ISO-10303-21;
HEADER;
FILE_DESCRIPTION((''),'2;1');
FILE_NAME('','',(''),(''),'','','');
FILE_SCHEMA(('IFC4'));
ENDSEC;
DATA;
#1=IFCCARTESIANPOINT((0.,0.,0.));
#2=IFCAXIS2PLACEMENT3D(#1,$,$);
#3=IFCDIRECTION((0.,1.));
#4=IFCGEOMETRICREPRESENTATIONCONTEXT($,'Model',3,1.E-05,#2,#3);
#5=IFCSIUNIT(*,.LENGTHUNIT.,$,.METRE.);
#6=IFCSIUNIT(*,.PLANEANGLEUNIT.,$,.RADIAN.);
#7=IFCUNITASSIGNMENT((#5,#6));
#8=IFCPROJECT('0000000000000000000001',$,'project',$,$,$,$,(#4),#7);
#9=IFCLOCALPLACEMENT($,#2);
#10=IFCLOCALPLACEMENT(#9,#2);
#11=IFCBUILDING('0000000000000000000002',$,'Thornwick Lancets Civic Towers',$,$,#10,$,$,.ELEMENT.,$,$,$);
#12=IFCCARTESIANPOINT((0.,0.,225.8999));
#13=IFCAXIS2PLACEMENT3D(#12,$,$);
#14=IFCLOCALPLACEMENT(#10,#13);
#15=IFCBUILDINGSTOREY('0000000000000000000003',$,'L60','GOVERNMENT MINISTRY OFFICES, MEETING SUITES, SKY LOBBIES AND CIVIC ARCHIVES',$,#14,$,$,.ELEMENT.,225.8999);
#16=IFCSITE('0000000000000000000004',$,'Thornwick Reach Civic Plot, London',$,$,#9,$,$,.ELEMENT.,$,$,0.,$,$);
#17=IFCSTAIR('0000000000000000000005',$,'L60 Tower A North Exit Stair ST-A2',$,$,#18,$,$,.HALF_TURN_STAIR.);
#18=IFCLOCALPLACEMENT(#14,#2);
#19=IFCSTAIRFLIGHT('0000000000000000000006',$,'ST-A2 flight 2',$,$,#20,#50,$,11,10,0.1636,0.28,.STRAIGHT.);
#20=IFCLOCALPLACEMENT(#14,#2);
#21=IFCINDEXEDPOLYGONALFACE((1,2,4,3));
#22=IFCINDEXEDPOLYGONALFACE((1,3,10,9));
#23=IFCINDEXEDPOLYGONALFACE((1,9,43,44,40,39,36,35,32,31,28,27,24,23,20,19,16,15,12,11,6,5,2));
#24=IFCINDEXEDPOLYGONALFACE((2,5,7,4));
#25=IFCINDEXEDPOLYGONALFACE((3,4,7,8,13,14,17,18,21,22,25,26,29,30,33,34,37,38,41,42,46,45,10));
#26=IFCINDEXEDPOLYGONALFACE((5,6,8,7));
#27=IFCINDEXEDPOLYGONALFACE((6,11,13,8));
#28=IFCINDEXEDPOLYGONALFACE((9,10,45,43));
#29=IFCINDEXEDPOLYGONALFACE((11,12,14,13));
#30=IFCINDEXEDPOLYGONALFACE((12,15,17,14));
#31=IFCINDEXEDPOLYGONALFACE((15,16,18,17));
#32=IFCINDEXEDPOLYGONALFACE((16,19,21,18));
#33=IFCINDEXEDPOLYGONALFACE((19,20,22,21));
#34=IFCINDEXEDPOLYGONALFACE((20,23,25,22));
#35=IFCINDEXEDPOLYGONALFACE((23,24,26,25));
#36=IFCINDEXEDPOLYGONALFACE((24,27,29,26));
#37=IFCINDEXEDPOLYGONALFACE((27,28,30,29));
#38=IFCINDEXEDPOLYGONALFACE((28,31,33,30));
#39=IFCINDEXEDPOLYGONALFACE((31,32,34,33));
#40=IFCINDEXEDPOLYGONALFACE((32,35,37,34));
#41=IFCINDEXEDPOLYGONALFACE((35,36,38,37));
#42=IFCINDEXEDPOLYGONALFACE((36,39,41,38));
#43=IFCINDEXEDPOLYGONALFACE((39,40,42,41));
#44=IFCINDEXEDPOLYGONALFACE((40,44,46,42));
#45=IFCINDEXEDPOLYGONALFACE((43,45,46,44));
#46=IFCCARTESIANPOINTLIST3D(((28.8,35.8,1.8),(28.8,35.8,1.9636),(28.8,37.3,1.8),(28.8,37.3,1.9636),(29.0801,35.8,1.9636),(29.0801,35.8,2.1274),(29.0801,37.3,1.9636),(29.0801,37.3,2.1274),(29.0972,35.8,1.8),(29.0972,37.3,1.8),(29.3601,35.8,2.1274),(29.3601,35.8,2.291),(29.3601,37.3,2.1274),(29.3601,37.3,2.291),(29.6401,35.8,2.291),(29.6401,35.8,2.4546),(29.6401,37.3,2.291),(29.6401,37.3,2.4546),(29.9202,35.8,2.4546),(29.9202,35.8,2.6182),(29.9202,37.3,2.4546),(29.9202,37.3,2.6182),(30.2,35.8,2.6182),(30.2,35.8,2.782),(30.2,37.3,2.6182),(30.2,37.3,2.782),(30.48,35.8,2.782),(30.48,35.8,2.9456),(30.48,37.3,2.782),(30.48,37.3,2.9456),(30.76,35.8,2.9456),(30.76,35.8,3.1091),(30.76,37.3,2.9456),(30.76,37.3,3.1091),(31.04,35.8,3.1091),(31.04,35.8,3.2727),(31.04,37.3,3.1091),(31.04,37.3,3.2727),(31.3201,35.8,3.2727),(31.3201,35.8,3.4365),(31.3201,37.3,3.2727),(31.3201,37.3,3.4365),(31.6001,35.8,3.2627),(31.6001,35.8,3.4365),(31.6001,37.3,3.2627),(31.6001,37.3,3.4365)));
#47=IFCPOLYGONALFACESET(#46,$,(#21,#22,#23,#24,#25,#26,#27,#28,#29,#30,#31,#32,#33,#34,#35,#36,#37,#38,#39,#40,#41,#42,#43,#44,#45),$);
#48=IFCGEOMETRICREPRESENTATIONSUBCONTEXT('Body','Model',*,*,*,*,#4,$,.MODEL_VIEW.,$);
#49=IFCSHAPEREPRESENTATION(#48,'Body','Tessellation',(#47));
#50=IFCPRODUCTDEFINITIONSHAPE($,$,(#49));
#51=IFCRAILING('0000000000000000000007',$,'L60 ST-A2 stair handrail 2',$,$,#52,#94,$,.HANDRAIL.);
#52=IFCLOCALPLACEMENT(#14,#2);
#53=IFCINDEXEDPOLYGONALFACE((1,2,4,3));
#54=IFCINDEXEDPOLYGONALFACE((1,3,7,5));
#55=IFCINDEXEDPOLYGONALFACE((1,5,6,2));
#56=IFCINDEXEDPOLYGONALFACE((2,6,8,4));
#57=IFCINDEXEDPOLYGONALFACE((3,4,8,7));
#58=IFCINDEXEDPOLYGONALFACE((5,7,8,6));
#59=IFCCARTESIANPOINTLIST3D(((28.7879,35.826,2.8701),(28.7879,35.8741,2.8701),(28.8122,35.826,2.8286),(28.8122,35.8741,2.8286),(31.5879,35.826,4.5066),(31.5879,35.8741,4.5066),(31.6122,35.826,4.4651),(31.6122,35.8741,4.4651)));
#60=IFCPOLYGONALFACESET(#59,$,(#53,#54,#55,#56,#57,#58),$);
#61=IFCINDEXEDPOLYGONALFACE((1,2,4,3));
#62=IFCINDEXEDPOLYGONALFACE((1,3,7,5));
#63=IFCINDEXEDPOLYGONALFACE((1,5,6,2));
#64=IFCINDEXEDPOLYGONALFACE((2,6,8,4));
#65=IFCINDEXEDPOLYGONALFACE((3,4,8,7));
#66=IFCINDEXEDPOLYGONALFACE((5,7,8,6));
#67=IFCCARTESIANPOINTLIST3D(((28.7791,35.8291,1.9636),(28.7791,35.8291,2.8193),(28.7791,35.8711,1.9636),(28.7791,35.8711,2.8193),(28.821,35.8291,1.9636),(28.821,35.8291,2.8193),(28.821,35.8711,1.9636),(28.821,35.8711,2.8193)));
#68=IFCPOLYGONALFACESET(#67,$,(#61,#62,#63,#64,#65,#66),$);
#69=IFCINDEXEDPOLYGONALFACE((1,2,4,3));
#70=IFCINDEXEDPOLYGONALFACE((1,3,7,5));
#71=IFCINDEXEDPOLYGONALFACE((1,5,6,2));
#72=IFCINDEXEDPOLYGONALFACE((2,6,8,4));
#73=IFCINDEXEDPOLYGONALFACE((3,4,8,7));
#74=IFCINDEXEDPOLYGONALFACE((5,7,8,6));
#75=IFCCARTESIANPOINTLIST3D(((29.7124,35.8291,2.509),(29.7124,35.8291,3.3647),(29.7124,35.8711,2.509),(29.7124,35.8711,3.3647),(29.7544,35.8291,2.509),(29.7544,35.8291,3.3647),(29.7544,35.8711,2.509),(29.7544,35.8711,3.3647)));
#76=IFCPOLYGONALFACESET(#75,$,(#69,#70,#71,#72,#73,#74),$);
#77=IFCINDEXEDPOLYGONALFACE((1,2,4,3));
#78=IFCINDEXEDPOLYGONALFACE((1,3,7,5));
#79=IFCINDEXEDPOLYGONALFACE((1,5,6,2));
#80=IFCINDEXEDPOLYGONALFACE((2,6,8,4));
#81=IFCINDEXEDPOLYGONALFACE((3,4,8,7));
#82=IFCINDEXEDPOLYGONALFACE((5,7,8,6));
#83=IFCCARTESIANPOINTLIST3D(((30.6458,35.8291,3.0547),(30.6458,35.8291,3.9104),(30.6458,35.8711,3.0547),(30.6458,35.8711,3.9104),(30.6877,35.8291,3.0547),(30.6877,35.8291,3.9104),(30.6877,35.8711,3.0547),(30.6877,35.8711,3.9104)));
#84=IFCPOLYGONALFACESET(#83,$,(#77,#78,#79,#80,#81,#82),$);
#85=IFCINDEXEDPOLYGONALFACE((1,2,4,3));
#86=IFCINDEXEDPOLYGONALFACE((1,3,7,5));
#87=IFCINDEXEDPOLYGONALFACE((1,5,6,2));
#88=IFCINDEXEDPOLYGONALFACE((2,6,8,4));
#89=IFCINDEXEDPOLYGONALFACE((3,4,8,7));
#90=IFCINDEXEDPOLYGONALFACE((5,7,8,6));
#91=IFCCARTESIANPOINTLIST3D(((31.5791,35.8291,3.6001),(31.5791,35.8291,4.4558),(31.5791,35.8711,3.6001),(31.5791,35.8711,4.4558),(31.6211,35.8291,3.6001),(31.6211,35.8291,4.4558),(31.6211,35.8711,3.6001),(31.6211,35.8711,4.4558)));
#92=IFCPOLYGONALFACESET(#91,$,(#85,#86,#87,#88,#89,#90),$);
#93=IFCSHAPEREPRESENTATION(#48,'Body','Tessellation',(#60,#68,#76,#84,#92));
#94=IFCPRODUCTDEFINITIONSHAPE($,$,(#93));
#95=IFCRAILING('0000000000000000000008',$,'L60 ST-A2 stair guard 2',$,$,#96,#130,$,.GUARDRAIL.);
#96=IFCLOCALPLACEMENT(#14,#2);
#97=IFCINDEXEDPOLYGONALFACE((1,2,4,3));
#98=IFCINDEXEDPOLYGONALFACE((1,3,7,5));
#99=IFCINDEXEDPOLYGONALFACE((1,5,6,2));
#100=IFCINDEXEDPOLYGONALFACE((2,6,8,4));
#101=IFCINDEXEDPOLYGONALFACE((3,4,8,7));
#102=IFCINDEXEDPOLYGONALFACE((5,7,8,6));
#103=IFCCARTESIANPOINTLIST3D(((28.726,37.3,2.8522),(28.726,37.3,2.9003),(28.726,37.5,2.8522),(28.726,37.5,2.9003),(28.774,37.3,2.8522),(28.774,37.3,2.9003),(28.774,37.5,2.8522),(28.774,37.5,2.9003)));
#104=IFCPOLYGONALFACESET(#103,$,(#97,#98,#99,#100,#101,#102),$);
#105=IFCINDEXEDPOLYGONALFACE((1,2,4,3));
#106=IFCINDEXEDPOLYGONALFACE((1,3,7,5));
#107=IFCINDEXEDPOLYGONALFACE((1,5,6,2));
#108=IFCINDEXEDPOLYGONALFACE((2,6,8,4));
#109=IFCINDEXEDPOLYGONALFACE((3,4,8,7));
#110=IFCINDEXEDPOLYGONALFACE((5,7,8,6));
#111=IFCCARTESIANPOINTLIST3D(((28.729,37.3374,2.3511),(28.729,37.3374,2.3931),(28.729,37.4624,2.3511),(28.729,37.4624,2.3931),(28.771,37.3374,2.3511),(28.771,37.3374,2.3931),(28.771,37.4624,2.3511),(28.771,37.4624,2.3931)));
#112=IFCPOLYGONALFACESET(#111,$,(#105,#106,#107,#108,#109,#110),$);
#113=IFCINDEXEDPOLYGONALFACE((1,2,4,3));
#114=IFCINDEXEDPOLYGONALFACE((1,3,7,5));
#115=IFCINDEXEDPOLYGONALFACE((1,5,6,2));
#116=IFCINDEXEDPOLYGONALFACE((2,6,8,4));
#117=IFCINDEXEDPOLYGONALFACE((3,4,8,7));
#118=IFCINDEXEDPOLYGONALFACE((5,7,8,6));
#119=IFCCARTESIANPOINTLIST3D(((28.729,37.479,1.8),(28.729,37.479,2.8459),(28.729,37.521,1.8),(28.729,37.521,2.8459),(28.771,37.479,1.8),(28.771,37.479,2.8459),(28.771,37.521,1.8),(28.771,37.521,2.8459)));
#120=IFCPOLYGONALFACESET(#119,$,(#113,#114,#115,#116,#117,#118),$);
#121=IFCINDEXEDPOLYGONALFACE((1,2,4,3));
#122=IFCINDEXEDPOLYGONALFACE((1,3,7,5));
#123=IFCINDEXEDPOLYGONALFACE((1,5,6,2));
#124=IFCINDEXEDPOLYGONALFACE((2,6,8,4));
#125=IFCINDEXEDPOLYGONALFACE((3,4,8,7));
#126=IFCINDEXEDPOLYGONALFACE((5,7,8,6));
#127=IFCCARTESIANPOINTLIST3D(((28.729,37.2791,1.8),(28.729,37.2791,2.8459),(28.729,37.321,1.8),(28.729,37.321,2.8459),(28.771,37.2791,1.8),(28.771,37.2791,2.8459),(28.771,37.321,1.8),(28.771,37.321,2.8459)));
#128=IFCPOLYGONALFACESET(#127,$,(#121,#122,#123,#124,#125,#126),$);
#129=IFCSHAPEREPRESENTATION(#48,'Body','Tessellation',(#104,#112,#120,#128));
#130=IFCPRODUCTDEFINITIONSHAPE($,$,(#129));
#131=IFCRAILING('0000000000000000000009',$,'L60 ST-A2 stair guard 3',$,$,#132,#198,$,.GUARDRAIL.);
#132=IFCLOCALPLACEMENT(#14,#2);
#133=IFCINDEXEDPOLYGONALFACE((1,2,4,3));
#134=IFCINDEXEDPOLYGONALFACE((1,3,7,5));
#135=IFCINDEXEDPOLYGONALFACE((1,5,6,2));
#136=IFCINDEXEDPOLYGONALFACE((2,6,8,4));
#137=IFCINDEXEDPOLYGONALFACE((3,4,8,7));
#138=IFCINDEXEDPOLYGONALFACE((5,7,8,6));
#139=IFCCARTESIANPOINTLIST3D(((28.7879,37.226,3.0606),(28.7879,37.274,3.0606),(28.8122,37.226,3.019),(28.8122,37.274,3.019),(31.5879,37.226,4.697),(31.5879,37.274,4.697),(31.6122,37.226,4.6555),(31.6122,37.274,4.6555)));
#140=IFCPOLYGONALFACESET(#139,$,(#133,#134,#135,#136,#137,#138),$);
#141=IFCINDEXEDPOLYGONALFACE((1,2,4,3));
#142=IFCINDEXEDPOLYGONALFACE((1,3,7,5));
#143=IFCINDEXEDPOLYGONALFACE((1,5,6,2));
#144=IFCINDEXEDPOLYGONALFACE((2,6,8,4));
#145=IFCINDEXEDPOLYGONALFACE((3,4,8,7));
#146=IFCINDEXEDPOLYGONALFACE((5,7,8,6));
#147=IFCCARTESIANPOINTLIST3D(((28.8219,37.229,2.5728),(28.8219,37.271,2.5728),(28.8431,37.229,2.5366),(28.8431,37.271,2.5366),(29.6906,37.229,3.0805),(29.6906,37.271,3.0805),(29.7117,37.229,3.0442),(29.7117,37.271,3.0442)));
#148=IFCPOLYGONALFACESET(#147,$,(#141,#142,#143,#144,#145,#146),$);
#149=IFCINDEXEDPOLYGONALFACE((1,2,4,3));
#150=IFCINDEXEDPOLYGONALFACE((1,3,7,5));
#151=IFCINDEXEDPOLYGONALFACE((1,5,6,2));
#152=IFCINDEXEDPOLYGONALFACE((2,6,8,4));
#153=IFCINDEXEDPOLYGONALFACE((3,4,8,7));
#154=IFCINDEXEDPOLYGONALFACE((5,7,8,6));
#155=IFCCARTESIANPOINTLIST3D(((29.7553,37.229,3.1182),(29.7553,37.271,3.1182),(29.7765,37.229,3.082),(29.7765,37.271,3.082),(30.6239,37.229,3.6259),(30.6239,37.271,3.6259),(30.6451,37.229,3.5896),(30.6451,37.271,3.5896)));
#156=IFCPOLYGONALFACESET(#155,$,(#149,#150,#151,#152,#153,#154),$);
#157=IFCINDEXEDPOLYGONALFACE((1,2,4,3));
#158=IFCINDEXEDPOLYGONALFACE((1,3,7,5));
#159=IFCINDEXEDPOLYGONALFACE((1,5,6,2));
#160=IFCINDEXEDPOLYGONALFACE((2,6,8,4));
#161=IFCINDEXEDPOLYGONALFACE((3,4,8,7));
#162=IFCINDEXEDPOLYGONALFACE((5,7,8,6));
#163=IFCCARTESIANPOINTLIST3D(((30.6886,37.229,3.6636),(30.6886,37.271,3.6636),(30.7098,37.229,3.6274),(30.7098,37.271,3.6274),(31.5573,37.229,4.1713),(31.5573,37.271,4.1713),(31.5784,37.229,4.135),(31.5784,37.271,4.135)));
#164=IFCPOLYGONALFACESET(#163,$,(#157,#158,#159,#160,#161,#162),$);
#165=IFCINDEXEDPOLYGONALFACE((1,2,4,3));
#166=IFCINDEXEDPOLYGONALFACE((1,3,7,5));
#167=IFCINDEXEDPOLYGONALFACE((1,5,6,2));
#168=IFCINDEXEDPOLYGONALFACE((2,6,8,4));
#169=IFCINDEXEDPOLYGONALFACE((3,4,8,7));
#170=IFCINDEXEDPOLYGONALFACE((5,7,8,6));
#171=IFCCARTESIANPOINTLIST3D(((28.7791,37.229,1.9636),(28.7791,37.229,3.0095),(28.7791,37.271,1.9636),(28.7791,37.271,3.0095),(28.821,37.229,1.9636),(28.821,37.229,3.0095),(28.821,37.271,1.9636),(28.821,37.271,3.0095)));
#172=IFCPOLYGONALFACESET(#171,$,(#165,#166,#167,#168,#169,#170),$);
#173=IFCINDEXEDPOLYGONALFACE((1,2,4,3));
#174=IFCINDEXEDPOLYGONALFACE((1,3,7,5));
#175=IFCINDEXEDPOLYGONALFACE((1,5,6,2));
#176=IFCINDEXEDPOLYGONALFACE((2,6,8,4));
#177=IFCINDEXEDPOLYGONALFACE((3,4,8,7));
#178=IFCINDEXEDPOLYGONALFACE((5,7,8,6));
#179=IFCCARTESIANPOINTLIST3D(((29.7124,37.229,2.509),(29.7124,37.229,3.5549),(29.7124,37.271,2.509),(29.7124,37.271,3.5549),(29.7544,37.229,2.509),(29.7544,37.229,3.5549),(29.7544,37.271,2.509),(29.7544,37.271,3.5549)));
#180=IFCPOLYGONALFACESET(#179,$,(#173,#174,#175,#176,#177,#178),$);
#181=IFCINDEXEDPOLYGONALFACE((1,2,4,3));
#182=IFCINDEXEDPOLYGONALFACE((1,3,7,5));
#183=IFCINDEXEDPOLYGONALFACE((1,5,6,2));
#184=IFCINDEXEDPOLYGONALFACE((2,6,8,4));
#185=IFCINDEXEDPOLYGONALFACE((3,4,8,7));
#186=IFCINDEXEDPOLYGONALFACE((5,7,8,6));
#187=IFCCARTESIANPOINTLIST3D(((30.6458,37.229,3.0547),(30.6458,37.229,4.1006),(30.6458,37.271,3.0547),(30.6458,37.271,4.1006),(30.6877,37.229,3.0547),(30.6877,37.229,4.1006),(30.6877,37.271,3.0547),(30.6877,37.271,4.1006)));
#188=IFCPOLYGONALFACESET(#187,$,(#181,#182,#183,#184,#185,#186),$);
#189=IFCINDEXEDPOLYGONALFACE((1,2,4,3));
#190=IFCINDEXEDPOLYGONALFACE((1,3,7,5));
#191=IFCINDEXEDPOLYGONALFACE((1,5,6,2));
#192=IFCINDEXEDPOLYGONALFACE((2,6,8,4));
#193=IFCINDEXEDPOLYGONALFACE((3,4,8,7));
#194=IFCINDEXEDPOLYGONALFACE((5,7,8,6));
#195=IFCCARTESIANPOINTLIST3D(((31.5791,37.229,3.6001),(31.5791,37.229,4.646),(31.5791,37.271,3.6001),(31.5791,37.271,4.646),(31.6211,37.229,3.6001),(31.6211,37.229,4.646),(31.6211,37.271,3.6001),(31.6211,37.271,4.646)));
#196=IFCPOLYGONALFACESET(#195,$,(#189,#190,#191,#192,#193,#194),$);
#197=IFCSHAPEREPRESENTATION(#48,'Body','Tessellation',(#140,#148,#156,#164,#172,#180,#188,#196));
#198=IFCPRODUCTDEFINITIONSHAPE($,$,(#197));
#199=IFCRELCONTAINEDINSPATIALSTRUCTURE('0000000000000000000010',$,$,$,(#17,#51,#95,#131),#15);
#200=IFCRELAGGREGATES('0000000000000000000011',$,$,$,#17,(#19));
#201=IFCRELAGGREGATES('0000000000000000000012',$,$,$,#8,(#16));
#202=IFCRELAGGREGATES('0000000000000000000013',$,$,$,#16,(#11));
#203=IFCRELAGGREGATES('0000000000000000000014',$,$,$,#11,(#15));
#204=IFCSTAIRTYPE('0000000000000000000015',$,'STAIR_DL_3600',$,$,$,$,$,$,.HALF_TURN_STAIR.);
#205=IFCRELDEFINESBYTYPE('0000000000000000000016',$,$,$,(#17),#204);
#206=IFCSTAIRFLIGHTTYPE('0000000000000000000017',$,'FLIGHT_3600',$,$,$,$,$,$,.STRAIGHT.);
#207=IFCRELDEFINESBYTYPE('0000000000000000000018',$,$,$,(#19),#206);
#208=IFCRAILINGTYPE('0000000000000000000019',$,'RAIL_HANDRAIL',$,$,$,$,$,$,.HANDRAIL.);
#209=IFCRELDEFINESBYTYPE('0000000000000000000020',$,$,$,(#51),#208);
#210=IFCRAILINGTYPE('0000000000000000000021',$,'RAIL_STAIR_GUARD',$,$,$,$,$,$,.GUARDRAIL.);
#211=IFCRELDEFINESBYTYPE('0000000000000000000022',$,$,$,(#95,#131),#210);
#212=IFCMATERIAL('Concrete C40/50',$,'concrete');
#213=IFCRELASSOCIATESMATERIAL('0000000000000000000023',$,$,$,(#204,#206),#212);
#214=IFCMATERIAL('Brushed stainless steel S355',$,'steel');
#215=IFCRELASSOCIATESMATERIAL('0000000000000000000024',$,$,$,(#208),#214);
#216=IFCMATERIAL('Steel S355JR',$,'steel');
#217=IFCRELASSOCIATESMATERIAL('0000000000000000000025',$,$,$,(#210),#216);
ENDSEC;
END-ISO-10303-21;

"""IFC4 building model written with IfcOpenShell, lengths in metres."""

from ifc_helpers import new_model, si_unit, direction, frame, origin, origin_2d, place, context, subcontext, project, spatial, polyline, rectangle, outline, extrude, material, type_object, element, aggregate, save


model = new_model("IFC4")

# Units and contexts
model_context = context("Model", 3, precision=1e-05, world=origin(), true_north=direction((0.0, 1.0)))
body_context = subcontext(model_context, "Body", "Model", "MODEL_VIEW")
ifc_project = project(units=[si_unit("LENGTHUNIT", "METRE"), si_unit("PLANEANGLEUNIT", "RADIAN")], contexts=[model_context])

# Site, building, storey
site_placement = place(None, origin())
site = spatial("IfcSite", under=ifc_project, at=site_placement, Name="Thornwick Reach Civic Plot, London", CompositionType="ELEMENT", RefElevation=0.0)
building_placement = place(site_placement, origin())
building = spatial("IfcBuilding", under=site, at=building_placement, Name="Thornwick Lancets Civic Towers", CompositionType="ELEMENT")
storey_placement = place(building_placement, frame((0.0, 0.0, 225.8999)))
storey = spatial("IfcBuildingStorey", under=building, at=storey_placement, Name="L60", Description="GOVERNMENT MINISTRY OFFICES, MEETING SUITES, SKY LOBBIES AND CIVIC ARCHIVES", CompositionType="ELEMENT", Elevation=225.8999)

# Shared definitions
ifc_material_1 = material(Name="Steel S355JR", Category="steel")

# Shared definitions
ifc_material_2 = material(Name="Concrete C40/50", Category="concrete")

# Stair, stair flight
stair_type = type_object("IfcStairType", Name="STAIR_DL_3600", PredefinedType="HALF_TURN_STAIR", material=ifc_material_2)
stair_placement = place(storey_placement, origin())
stair = element("IfcStair", 1, at=stair_placement, inside=storey, type_object=stair_type, Name="L60 Tower A North Exit Stair ST-A2", PredefinedType="HALF_TURN_STAIR")
stair_flight_type = type_object("IfcStairFlightType", Name="FLIGHT_3600", PredefinedType="STRAIGHT", material=ifc_material_2)
stair_flight_placement = place(storey_placement, frame((28.8, 36.55, 1.8), z_axis=(0.0, 0.0, 1.0), x_axis=(1.0, 0.0, 0.0)))
stair_flight = element("IfcStairFlight", 2, at=stair_flight_placement, type_object=stair_flight_type, Name="ST-A2 flight 2", NumberOfRisers=11, NumberOfTreads=10, PredefinedType="STRAIGHT", RiserHeight=0.1636, TreadLength=0.28, context=body_context, shape_type="SweptSolid", body=[
    extrude(outline(polyline([(0.0, 0.0), (0.0, 0.1636), (0.28, 0.1636), (0.28, 0.3274), (0.5601, 0.3274), (0.5601, 0.491), (0.8401, 0.491), (0.8401, 0.6545), (1.1201, 0.6545), (1.1201, 0.8181), (1.3999, 0.8181), (1.3999, 0.9819), (1.6799, 0.9819), (1.6799, 1.1455), (1.96, 1.1455), (1.96, 1.3091), (2.24, 1.3091), (2.24, 1.4727), (2.52, 1.4727), (2.52, 1.6365), (2.8, 1.6365), (2.8, 1.8), (2.8, 1.4626), (0.2971, 0.0), (0.0, 0.0)])), frame((0.0, 0.75, 0.0), z_axis=(0.0, -1.0, 0.0), x_axis=(1.0, 0.0, 0.0)), (0.0, 0.0, 1.0), 1.5),
])
aggregate(stair, [stair_flight])

# Railings
ifc_material_3 = material(Name="Brushed stainless steel S355", Category="steel")
railing_type_1 = type_object("IfcRailingType", Name="RAIL_HANDRAIL", PredefinedType="HANDRAIL", material=ifc_material_3)
railing_1_placement = place(storey_placement, frame((28.8, 35.8501, 1.9636)))
element("IfcRailing", 3, at=railing_1_placement, inside=storey, type_object=railing_type_1, Name="L60 ST-A2 stair handrail 2", PredefinedType="HANDRAIL", context=body_context, shape_type="SweptSolid", body=[
    extrude(rectangle(XDim=0.0481, YDim=0.0481, at=origin_2d()), frame((0.0, 0.0, 0.8857), z_axis=(0.863361, 0.0, 0.504587), x_axis=(0.0, 1.0, 0.0)), (0.0, 0.0, 1.0), 3.2432),
    extrude(rectangle(XDim=0.042, YDim=0.042, at=origin_2d()), origin(), (0.0, 0.0, 1.0), 0.8557),
    extrude(rectangle(XDim=0.042, YDim=0.042, at=origin_2d()), frame((0.9333, 0.0, 0.5454)), (0.0, 0.0, 1.0), 0.8557),
    extrude(rectangle(XDim=0.042, YDim=0.042, at=origin_2d()), frame((1.8667, 0.0, 1.0911)), (0.0, 0.0, 1.0), 0.8557),
    extrude(rectangle(XDim=0.042, YDim=0.042, at=origin_2d()), frame((2.8, 0.0, 1.6365)), (0.0, 0.0, 1.0), 0.8557),
])
railing_type_2 = type_object("IfcRailingType", Name="RAIL_STAIR_GUARD", PredefinedType="GUARDRAIL", material=ifc_material_1)
railing_2_placement = place(storey_placement, frame((28.75, 37.5, 1.8)))
element("IfcRailing", 4, at=railing_2_placement, inside=storey, type_object=railing_type_2, Name="L60 ST-A2 stair guard 2", PredefinedType="GUARDRAIL", context=body_context, shape_type="SweptSolid", body=[
    extrude(rectangle(XDim=0.0481, YDim=0.0481, at=origin_2d()), frame((0.0, 0.0, 1.0762), z_axis=(0.0, -1.0, 0.0), x_axis=(1.0, 0.0, 0.0)), (0.0, 0.0, 1.0), 0.2),
    extrude(rectangle(XDim=0.042, YDim=0.042, at=origin_2d()), frame((0.0, -0.0376, 0.572), z_axis=(0.0, -1.0, 0.0), x_axis=(1.0, 0.0, 0.0)), (0.0, 0.0, 1.0), 0.125),
    extrude(rectangle(XDim=0.042, YDim=0.042, at=origin_2d()), origin(), (0.0, 0.0, 1.0), 1.0459),
    extrude(rectangle(XDim=0.042, YDim=0.042, at=origin_2d()), frame((0.0, -0.2, 0.0)), (0.0, 0.0, 1.0), 1.0459),
])
railing_3_placement = place(storey_placement, frame((28.8, 37.25, 1.9636)))
element("IfcRailing", 5, at=railing_3_placement, inside=storey, type_object=railing_type_2, Name="L60 ST-A2 stair guard 3", PredefinedType="GUARDRAIL", context=body_context, shape_type="SweptSolid", body=[
    extrude(rectangle(XDim=0.0481, YDim=0.0481, at=origin_2d()), frame((0.0, 0.0, 1.0762), z_axis=(0.863361, 0.0, 0.504587), x_axis=(0.0, 1.0, 0.0)), (0.0, 0.0, 1.0), 3.2432),
    extrude(rectangle(XDim=0.042, YDim=0.042, at=origin_2d()), frame((0.0325, 0.0, 0.5911), z_axis=(0.863361, 0.0, 0.504587), x_axis=(0.0, 1.0, 0.0)), (0.0, 0.0, 1.0), 1.0061),
    extrude(rectangle(XDim=0.042, YDim=0.042, at=origin_2d()), frame((0.9658, 0.0, 1.1365), z_axis=(0.863361, 0.0, 0.504587), x_axis=(0.0, 1.0, 0.0)), (0.0, 0.0, 1.0), 1.0061),
    extrude(rectangle(XDim=0.042, YDim=0.042, at=origin_2d()), frame((1.8992, 0.0, 1.6819), z_axis=(0.863361, 0.0, 0.504587), x_axis=(0.0, 1.0, 0.0)), (0.0, 0.0, 1.0), 1.0061),
    extrude(rectangle(XDim=0.042, YDim=0.042, at=origin_2d()), origin(), (0.0, 0.0, 1.0), 1.0459),
    extrude(rectangle(XDim=0.042, YDim=0.042, at=origin_2d()), frame((0.9333, 0.0, 0.5454)), (0.0, 0.0, 1.0), 1.0459),
    extrude(rectangle(XDim=0.042, YDim=0.042, at=origin_2d()), frame((1.8667, 0.0, 1.0911)), (0.0, 0.0, 1.0), 1.0459),
    extrude(rectangle(XDim=0.042, YDim=0.042, at=origin_2d()), frame((2.8, 0.0, 1.6365)), (0.0, 0.0, 1.0), 1.0459),
])

save(model, "model.ifc")
